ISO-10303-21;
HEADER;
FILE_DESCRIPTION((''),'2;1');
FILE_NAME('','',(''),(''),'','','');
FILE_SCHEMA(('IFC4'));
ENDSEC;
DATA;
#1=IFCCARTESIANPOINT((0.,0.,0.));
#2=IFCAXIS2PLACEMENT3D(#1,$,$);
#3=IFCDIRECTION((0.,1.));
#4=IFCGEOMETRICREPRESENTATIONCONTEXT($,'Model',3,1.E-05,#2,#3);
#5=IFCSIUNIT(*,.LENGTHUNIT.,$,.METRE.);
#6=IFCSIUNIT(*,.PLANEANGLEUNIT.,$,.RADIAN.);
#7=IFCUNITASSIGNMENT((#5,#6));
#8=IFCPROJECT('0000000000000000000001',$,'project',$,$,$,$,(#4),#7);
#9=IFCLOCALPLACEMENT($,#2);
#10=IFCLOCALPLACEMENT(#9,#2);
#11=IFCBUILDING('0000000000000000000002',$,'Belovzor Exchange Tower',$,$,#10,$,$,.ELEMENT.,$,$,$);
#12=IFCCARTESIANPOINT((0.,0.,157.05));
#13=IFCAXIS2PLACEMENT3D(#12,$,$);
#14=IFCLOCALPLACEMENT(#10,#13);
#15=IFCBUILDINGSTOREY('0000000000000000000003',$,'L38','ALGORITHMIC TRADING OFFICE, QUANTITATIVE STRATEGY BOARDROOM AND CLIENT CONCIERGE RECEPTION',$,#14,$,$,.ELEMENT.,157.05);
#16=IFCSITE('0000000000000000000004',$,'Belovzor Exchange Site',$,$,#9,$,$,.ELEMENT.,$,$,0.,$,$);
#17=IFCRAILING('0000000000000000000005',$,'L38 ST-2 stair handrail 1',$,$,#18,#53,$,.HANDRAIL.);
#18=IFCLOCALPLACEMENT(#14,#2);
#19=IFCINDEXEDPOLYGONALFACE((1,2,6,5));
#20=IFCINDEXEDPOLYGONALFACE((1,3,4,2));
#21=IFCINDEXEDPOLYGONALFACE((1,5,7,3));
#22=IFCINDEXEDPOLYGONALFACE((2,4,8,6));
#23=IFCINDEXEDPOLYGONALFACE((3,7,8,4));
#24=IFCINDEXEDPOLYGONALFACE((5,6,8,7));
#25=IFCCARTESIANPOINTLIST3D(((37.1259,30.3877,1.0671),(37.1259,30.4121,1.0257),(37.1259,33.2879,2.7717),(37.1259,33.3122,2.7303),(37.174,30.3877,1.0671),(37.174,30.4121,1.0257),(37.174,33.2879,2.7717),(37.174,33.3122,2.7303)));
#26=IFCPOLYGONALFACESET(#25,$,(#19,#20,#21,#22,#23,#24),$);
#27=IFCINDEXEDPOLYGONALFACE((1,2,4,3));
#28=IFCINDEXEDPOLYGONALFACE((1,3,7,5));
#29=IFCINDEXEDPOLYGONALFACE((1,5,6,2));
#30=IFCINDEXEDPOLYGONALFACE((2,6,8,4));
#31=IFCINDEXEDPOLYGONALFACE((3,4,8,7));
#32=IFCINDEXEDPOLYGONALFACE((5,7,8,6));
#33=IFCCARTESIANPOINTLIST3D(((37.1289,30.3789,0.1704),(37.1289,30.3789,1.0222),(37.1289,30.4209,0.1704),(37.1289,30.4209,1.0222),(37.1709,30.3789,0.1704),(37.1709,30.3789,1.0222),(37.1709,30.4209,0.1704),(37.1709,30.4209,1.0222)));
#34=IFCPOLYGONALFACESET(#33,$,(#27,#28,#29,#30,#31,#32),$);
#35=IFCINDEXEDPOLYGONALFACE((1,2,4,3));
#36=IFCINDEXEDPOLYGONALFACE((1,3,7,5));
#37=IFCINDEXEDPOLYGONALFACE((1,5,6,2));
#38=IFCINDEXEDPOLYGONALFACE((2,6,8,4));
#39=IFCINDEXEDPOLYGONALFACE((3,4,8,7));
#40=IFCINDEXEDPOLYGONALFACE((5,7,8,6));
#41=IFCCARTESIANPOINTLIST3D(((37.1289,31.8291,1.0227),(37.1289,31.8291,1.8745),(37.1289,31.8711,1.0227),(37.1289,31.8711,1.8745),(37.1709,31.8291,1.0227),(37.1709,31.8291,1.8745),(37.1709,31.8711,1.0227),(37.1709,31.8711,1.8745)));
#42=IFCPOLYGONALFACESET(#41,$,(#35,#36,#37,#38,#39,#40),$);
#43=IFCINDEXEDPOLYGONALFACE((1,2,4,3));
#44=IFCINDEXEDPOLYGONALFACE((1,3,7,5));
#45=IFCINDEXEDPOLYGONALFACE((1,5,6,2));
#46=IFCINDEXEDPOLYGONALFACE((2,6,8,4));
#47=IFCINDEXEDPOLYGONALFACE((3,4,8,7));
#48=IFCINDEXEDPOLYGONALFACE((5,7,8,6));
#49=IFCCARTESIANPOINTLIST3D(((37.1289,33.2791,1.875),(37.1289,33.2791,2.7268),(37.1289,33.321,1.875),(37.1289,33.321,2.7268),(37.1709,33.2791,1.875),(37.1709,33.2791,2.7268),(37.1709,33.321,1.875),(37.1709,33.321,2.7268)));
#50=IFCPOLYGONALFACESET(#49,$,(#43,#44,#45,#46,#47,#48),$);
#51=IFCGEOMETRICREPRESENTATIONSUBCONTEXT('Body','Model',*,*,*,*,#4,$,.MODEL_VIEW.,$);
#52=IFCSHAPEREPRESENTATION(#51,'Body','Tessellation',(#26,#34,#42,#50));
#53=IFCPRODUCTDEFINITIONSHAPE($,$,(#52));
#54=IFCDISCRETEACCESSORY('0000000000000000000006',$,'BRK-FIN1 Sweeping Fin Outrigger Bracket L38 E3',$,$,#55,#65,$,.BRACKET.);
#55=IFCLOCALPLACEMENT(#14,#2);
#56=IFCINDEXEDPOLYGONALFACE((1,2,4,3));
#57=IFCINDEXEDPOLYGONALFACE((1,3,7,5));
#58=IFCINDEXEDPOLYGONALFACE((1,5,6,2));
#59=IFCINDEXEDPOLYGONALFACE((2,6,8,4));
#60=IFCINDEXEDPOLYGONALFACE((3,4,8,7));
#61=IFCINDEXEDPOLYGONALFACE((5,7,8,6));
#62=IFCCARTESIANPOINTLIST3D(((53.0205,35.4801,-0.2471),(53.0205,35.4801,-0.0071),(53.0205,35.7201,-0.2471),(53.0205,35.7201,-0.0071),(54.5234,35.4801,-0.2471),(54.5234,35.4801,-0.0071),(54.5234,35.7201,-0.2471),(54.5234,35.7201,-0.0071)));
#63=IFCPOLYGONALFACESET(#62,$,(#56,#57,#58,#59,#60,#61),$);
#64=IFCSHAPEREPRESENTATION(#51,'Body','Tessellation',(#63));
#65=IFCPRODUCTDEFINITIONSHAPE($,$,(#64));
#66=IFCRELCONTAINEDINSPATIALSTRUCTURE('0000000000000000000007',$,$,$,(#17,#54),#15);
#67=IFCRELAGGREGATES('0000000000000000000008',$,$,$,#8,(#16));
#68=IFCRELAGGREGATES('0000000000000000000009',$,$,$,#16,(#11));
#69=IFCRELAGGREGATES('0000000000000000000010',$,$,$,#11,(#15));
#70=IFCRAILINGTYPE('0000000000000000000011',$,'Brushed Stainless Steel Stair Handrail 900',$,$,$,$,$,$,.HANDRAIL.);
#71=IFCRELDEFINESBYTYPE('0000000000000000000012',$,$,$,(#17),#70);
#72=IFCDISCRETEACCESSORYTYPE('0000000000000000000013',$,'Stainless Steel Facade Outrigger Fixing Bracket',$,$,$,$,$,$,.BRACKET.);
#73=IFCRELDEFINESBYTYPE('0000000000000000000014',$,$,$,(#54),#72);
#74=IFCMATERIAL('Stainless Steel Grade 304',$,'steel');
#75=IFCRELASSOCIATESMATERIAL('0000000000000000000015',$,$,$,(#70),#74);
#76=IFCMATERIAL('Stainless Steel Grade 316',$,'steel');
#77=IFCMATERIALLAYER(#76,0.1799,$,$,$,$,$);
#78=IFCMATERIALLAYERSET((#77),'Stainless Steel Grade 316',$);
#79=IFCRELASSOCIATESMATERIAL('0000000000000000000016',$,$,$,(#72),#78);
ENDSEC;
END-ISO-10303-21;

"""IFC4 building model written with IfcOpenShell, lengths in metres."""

from ifc_helpers import new_model, si_unit, direction, frame, origin, origin_2d, place, context, subcontext, project, spatial, rectangle, extrude, material, layer, layer_set, type_object, element, save


model = new_model("IFC4")

# Units and contexts
model_context = context("Model", 3, precision=1e-05, world=origin(), true_north=direction((0.0, 1.0)))
body_context = subcontext(model_context, "Body", "Model", "MODEL_VIEW")
ifc_project = project(units=[si_unit("LENGTHUNIT", "METRE"), si_unit("PLANEANGLEUNIT", "RADIAN")], contexts=[model_context])

# Site, building, storey
site_placement = place(None, origin())
site = spatial("IfcSite", under=ifc_project, at=site_placement, Name="Belovzor Exchange Site", CompositionType="ELEMENT", RefElevation=0.0)
building_placement = place(site_placement, origin())
building = spatial("IfcBuilding", under=site, at=building_placement, Name="Belovzor Exchange Tower", CompositionType="ELEMENT")
storey_placement = place(building_placement, frame((0.0, 0.0, 157.05)))
storey = spatial("IfcBuildingStorey", under=building, at=storey_placement, Name="L38", Description="ALGORITHMIC TRADING OFFICE, QUANTITATIVE STRATEGY BOARDROOM AND CLIENT CONCIERGE RECEPTION", CompositionType="ELEMENT", Elevation=157.05)

# Railing
ifc_material_1 = material(Name="Stainless Steel Grade 304", Category="steel")
railing_type = type_object("IfcRailingType", Name="Brushed Stainless Steel Stair Handrail 900", PredefinedType="HANDRAIL", material=ifc_material_1)
railing_placement = place(storey_placement, frame((37.1499, 30.3999, 0.1704)))
element("IfcRailing", 1, at=railing_placement, inside=storey, type_object=railing_type, Name="L38 ST-2 stair handrail 1", PredefinedType="HANDRAIL", context=body_context, shape_type="SweptSolid", body=[
    extrude(rectangle(XDim=0.0481, YDim=0.0481, at=origin_2d()), frame((0.0, 0.0, 0.876), z_axis=(0.0, 0.862113, 0.506716), x_axis=(-1.0, 0.0, 0.0)), (0.0, 0.0, 1.0), 3.364),
    extrude(rectangle(XDim=0.042, YDim=0.042, at=origin_2d()), origin(), (0.0, 0.0, 1.0), 0.8518),
    extrude(rectangle(XDim=0.042, YDim=0.042, at=origin_2d()), frame((0.0, 1.4502, 0.8523)), (0.0, 0.0, 1.0), 0.8518),
    extrude(rectangle(XDim=0.042, YDim=0.042, at=origin_2d()), frame((0.0, 2.9001, 1.7046)), (0.0, 0.0, 1.0), 0.8518),
])

# Discrete accessory
ifc_material_2 = material(Name="Stainless Steel Grade 316", Category="steel")
ifc_layer_1 = layer(ifc_material_2, 0.1799)
ifc_layer_set_1 = layer_set([ifc_layer_1], Name="Stainless Steel Grade 316")
discrete_accessory_type = type_object("IfcDiscreteAccessoryType", Name="Stainless Steel Facade Outrigger Fixing Bracket", PredefinedType="BRACKET", material=ifc_layer_set_1)
discrete_accessory_placement = place(storey_placement, frame((53.772, 35.6001, -0.2471), z_axis=(0.0, 0.0, 1.0), x_axis=(1.0, 0.0, 0.0)))
element("IfcDiscreteAccessory", 2, at=discrete_accessory_placement, inside=storey, type_object=discrete_accessory_type, Name="BRK-FIN1 Sweeping Fin Outrigger Bracket L38 E3", PredefinedType="BRACKET", context=body_context, shape_type="SweptSolid", body=[
    extrude(rectangle(XDim=1.5029, YDim=0.24, at=origin_2d()), origin(), (0.0, 0.0, 1.0), 0.24),
])

save(model, "model.ifc")
